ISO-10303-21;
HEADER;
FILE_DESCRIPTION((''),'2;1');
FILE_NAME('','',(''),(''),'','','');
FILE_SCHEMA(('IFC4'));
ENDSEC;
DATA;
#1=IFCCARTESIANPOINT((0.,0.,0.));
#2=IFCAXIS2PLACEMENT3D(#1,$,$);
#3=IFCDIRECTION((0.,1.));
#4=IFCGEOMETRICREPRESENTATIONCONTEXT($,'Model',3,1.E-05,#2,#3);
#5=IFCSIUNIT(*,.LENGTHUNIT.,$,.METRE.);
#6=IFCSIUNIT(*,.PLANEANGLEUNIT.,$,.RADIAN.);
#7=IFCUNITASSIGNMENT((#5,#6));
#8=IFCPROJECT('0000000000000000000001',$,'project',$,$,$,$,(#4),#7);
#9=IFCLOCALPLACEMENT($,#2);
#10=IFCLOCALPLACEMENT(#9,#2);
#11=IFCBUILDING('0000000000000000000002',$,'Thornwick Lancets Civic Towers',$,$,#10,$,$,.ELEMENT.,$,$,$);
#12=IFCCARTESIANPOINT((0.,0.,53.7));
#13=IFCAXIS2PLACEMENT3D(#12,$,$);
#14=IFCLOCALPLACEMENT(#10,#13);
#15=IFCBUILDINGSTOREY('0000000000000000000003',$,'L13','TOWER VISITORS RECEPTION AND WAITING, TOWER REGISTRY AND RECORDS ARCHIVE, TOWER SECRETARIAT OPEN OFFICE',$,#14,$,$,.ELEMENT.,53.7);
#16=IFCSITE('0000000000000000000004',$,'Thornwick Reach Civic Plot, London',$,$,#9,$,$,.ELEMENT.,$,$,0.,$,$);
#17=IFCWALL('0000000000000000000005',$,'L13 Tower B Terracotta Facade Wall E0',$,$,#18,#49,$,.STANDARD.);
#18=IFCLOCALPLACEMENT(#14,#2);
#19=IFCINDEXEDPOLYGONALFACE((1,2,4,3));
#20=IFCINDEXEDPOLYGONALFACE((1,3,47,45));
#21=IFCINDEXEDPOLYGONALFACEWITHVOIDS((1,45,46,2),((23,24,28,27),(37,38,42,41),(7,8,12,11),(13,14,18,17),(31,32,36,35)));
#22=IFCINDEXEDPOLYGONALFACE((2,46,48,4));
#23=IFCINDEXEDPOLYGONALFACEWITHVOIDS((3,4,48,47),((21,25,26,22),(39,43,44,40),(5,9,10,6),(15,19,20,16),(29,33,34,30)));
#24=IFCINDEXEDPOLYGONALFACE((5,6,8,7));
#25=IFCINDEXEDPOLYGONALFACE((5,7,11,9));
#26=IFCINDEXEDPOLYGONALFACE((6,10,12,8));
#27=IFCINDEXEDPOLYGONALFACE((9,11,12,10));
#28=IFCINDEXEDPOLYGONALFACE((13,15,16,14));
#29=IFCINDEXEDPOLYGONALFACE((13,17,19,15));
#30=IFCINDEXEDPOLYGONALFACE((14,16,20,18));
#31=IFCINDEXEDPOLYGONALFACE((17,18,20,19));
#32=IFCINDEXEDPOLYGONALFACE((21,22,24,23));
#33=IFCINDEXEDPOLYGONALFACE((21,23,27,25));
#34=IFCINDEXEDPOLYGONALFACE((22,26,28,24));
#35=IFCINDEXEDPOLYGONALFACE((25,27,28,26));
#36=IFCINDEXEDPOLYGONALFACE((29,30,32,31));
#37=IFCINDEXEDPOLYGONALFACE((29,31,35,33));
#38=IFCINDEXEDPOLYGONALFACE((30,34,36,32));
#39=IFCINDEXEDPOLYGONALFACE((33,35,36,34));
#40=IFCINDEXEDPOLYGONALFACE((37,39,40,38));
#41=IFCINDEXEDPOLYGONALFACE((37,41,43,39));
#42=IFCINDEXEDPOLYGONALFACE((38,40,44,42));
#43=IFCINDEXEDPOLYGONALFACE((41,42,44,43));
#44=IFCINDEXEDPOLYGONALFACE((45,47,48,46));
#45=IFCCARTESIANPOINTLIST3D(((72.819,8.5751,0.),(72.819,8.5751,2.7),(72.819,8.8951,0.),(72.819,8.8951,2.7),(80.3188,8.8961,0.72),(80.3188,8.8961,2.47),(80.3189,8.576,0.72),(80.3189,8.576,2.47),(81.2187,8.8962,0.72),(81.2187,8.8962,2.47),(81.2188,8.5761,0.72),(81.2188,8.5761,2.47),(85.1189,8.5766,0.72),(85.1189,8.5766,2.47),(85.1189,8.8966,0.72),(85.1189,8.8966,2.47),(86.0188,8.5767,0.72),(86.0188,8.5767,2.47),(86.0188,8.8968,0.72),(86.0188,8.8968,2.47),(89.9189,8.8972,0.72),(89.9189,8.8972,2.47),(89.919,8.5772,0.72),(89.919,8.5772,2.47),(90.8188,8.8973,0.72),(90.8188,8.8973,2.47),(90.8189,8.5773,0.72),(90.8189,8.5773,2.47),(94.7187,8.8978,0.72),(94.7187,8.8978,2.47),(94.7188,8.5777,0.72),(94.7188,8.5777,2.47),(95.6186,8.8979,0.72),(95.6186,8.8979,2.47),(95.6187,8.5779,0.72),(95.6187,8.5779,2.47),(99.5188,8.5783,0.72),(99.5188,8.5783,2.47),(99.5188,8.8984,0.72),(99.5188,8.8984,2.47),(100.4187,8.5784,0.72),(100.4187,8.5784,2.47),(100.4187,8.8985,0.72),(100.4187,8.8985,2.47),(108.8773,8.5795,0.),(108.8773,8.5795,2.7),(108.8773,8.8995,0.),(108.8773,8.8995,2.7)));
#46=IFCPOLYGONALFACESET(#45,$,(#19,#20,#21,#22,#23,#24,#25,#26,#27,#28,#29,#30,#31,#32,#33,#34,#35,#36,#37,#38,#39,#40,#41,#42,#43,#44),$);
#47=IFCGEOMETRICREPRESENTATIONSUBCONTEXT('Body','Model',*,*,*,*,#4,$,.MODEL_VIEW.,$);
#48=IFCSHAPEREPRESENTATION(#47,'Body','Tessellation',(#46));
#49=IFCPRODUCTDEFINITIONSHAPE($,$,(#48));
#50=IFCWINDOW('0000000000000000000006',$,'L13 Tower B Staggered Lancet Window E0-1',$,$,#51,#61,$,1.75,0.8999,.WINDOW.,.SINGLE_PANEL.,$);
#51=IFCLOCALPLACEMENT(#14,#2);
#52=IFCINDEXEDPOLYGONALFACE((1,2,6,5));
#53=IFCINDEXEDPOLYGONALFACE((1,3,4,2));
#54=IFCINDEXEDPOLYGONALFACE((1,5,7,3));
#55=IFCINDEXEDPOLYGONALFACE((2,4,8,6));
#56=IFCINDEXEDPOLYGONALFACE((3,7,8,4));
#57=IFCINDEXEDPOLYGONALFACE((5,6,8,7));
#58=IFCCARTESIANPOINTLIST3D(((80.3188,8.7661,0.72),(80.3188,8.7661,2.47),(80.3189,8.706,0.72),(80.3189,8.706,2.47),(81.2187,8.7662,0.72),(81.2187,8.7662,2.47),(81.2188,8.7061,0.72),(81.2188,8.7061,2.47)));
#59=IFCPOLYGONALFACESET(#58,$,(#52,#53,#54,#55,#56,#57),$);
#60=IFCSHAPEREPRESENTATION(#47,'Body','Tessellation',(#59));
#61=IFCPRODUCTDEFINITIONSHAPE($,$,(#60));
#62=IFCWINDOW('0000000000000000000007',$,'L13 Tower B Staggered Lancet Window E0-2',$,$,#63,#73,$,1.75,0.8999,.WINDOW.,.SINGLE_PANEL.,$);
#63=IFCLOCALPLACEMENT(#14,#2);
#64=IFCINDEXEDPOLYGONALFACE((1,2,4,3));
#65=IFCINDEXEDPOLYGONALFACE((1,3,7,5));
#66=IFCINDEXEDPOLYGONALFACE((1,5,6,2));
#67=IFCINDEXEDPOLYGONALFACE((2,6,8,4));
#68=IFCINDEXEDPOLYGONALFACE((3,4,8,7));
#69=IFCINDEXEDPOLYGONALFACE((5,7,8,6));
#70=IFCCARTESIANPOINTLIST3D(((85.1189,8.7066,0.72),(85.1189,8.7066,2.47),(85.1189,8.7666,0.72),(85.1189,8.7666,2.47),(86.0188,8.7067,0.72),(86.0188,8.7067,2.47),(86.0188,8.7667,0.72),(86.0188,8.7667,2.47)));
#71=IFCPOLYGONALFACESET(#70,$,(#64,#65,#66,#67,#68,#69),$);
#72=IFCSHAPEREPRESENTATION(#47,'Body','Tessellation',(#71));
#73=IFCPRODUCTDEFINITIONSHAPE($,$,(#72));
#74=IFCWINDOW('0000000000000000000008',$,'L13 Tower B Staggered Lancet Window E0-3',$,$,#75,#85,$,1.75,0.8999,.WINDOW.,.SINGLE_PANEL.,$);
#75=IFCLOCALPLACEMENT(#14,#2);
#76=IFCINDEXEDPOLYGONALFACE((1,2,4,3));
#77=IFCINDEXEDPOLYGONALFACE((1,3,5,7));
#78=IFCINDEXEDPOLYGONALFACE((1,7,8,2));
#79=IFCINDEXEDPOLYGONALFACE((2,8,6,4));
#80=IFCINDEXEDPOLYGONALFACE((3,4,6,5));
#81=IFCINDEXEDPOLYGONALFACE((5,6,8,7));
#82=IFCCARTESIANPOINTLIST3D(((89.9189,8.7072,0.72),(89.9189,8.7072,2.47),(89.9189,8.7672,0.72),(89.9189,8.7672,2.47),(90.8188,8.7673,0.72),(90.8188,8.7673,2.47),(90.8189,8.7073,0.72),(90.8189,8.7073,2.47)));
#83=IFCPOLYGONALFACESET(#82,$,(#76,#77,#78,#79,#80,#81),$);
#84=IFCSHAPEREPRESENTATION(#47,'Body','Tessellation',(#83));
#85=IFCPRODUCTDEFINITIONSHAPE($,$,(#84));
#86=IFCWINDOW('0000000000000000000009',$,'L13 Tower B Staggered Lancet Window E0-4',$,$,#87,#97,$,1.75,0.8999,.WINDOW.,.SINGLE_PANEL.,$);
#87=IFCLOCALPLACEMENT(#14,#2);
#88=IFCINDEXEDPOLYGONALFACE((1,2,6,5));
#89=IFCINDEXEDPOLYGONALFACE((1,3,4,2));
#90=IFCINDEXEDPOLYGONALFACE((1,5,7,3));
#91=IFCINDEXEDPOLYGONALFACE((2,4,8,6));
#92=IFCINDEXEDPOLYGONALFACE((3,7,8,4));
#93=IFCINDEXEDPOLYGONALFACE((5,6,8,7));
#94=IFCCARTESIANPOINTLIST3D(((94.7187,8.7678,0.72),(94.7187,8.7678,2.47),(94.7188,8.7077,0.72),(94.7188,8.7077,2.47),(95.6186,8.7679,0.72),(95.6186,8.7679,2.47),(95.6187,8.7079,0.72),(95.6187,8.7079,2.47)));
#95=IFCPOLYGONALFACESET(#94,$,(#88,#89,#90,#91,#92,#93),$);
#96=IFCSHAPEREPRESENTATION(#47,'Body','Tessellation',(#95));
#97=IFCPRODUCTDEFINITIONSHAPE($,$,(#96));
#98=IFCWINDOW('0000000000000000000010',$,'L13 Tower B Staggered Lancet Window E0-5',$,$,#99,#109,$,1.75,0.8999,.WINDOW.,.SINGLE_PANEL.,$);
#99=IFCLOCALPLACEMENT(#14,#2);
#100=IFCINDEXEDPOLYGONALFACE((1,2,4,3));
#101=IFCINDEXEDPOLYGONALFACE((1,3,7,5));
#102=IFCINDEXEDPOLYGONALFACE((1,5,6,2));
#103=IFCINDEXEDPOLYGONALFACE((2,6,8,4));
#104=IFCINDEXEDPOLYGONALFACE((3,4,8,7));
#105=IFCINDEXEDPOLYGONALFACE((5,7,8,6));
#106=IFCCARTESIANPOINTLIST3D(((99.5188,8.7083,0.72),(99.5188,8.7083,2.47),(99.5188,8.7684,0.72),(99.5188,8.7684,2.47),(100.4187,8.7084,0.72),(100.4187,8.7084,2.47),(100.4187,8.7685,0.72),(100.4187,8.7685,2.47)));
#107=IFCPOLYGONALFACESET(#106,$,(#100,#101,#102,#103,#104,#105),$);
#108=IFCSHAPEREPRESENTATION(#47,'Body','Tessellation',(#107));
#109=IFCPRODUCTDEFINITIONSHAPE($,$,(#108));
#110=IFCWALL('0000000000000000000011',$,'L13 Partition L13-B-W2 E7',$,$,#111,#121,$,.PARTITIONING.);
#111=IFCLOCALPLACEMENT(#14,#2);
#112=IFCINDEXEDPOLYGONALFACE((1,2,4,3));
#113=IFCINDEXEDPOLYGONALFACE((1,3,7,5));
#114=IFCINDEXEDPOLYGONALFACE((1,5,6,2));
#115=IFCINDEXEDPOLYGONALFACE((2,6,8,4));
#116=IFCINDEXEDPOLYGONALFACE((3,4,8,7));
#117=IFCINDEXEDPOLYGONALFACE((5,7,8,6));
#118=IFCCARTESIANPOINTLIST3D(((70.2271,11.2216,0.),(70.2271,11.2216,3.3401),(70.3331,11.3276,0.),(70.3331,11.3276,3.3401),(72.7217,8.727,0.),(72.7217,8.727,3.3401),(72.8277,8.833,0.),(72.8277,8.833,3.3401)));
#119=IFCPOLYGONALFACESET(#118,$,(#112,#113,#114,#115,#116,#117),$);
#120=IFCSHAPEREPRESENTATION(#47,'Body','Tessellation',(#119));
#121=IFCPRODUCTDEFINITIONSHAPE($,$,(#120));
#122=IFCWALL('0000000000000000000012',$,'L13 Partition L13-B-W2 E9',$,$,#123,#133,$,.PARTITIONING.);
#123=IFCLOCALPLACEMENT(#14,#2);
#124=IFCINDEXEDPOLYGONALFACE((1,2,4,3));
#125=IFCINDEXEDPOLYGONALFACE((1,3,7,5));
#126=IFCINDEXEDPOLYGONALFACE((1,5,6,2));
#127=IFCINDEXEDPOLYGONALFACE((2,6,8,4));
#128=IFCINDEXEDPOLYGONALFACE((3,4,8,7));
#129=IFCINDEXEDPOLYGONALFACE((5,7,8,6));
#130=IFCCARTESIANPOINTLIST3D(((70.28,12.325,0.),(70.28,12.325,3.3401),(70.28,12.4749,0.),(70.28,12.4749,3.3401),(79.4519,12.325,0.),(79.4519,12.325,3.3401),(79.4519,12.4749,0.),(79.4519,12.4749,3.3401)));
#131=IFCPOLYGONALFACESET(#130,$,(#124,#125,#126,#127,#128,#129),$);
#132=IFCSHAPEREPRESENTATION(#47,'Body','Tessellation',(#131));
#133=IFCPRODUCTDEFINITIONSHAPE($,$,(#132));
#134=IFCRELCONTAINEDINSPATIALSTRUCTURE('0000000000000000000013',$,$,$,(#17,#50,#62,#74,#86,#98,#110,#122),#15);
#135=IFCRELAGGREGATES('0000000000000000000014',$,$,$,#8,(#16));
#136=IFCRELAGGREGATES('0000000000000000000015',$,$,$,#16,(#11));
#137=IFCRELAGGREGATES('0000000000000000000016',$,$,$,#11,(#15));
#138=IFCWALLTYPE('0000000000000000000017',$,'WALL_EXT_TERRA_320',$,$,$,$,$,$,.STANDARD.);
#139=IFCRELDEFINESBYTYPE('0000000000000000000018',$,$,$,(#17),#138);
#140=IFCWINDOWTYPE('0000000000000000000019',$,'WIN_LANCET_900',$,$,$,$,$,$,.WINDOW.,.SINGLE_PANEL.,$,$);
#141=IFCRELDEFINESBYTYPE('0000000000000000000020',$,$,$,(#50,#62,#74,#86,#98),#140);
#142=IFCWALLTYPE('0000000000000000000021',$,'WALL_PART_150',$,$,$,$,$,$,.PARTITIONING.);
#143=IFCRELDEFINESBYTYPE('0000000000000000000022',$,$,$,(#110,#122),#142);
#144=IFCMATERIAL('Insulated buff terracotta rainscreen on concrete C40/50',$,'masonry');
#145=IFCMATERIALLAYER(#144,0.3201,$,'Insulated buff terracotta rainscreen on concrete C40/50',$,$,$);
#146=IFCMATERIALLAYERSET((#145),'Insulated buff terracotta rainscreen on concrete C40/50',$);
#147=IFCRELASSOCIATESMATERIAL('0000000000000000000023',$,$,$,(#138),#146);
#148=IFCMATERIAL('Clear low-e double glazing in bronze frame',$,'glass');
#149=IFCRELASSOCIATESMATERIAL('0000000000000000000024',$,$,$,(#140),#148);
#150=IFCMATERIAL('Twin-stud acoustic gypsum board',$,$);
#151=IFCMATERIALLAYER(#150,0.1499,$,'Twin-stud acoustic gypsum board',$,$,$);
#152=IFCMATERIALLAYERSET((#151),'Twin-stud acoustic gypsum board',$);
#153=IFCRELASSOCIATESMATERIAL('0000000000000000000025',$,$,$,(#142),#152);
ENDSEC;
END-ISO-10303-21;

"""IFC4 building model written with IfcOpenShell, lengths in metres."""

from ifc_helpers import new_model, si_unit, direction, frame, frame_2d, origin, place, context, subcontext, project, spatial, rectangle, extrude, material, layer, layer_set, type_object, element, fill, save


model = new_model("IFC4")

# Units and contexts
model_context = context("Model", 3, precision=1e-05, world=origin(), true_north=direction((0.0, 1.0)))
body_context = subcontext(model_context, "Body", "Model", "MODEL_VIEW")
ifc_project = project(units=[si_unit("LENGTHUNIT", "METRE"), si_unit("PLANEANGLEUNIT", "RADIAN")], contexts=[model_context])

# Site, building, storey
site_placement = place(None, origin())
site = spatial("IfcSite", under=ifc_project, at=site_placement, Name="Thornwick Reach Civic Plot, London", CompositionType="ELEMENT", RefElevation=0.0)
building_placement = place(site_placement, origin())
building = spatial("IfcBuilding", under=site, at=building_placement, Name="Thornwick Lancets Civic Towers", CompositionType="ELEMENT")
storey_placement = place(building_placement, frame((0.0, 0.0, 53.7)))
storey = spatial("IfcBuildingStorey", under=building, at=storey_placement, Name="L13", Description="TOWER VISITORS RECEPTION AND WAITING, TOWER REGISTRY AND RECORDS ARCHIVE, TOWER SECRETARIAT OPEN OFFICE", CompositionType="ELEMENT", Elevation=53.7)

# Wall, openings, windows
ifc_material_1 = material(Name="Insulated buff terracotta rainscreen on concrete C40/50", Category="masonry")
ifc_layer_1 = layer(ifc_material_1, 0.3201, Name="Insulated buff terracotta rainscreen on concrete C40/50")
ifc_layer_set_1 = layer_set([ifc_layer_1], Name="Insulated buff terracotta rainscreen on concrete C40/50")
wall_type_1 = type_object("IfcWallType", Name="WALL_EXT_TERRA_320", PredefinedType="STANDARD", material=ifc_layer_set_1)
ifc_material_2 = material(Name="Clear low-e double glazing in bronze frame", Category="glass")
window_type = type_object("IfcWindowType", Name="WIN_LANCET_900", PartitioningType="SINGLE_PANEL", PredefinedType="WINDOW", material=ifc_material_2)
wall_1_placement = place(storey_placement, frame((72.8188, 8.7351, 0.0), z_axis=(0.0, 0.0, 1.0), x_axis=(1.0, 0.000122, 0.0)))
wall_1 = element("IfcWall", 1, at=wall_1_placement, inside=storey, type_object=wall_type_1, Name="L13 Tower B Terracotta Facade Wall E0", PredefinedType="STANDARD", context=body_context, shape_type="SweptSolid", body=[
    extrude(rectangle(XDim=36.0583, YDim=0.3201, at=frame_2d((18.0293, 0.0))), origin(), (0.0, 0.0, 1.0), 2.7),
])
opening_1_placement = place(wall_1_placement, frame((7.5, 0.0, 0.72)))
opening_1 = element("IfcOpeningElement", 2, at=opening_1_placement, cuts=wall_1, PredefinedType="OPENING", context=body_context, shape_type="SweptSolid", body=[
    extrude(rectangle(XDim=0.8999, YDim=1.75, at=frame_2d((0.45, 0.875))), frame((0.0, 0.1699, 0.0), z_axis=(0.0, -1.0, 0.0), x_axis=(1.0, 0.0, 0.0)), (0.0, 0.0, 1.0), 0.3401),
])
opening_2_placement = place(wall_1_placement, frame((12.3, 0.0, 0.72)))
opening_2 = element("IfcOpeningElement", 3, at=opening_2_placement, cuts=wall_1, PredefinedType="OPENING", context=body_context, shape_type="SweptSolid", body=[
    extrude(rectangle(XDim=0.8999, YDim=1.75, at=frame_2d((0.45, 0.875))), frame((0.0, 0.1699, 0.0), z_axis=(0.0, -1.0, 0.0), x_axis=(1.0, 0.0, 0.0)), (0.0, 0.0, 1.0), 0.3401),
])
opening_3_placement = place(wall_1_placement, frame((17.1001, 0.0, 0.72)))
opening_3 = element("IfcOpeningElement", 4, at=opening_3_placement, cuts=wall_1, PredefinedType="OPENING", context=body_context, shape_type="SweptSolid", body=[
    extrude(rectangle(XDim=0.8999, YDim=1.75, at=frame_2d((0.45, 0.875))), frame((0.0, 0.1699, 0.0), z_axis=(0.0, -1.0, 0.0), x_axis=(1.0, 0.0, 0.0)), (0.0, 0.0, 1.0), 0.3401),
])
opening_4_placement = place(wall_1_placement, frame((21.8999, 0.0, 0.72)))
opening_4 = element("IfcOpeningElement", 5, at=opening_4_placement, cuts=wall_1, PredefinedType="OPENING", context=body_context, shape_type="SweptSolid", body=[
    extrude(rectangle(XDim=0.8999, YDim=1.75, at=frame_2d((0.45, 0.875))), frame((0.0, 0.1699, 0.0), z_axis=(0.0, -1.0, 0.0), x_axis=(1.0, 0.0, 0.0)), (0.0, 0.0, 1.0), 0.3401),
])
opening_5_placement = place(wall_1_placement, frame((26.7, 0.0, 0.72)))
opening_5 = element("IfcOpeningElement", 6, at=opening_5_placement, cuts=wall_1, PredefinedType="OPENING", context=body_context, shape_type="SweptSolid", body=[
    extrude(rectangle(XDim=0.8999, YDim=1.75, at=frame_2d((0.45, 0.875))), frame((0.0, 0.1699, 0.0), z_axis=(0.0, -1.0, 0.0), x_axis=(1.0, 0.0, 0.0)), (0.0, 0.0, 1.0), 0.3401),
])
window_1_placement = place(opening_1_placement, origin())
window_1 = element("IfcWindow", 7, at=window_1_placement, inside=storey, type_object=window_type, Name="L13 Tower B Staggered Lancet Window E0-1", OverallHeight=1.75, OverallWidth=0.8999, PartitioningType="SINGLE_PANEL", PredefinedType="WINDOW", context=body_context, shape_type="SweptSolid", body=[
    extrude(rectangle(XDim=0.8999, YDim=1.75, at=frame_2d((0.45, 0.875))), frame((0.0, 0.03, 0.0), z_axis=(0.0, -1.0, 0.0), x_axis=(1.0, 0.0, 0.0)), (0.0, 0.0, 1.0), 0.0601),
])
fill(opening_1, window_1)
window_2_placement = place(opening_2_placement, origin())
window_2 = element("IfcWindow", 8, at=window_2_placement, inside=storey, type_object=window_type, Name="L13 Tower B Staggered Lancet Window E0-2", OverallHeight=1.75, OverallWidth=0.8999, PartitioningType="SINGLE_PANEL", PredefinedType="WINDOW", context=body_context, shape_type="SweptSolid", body=[
    extrude(rectangle(XDim=0.8999, YDim=1.75, at=frame_2d((0.45, 0.875))), frame((0.0, 0.03, 0.0), z_axis=(0.0, -1.0, 0.0), x_axis=(1.0, 0.0, 0.0)), (0.0, 0.0, 1.0), 0.0601),
])
fill(opening_2, window_2)
window_3_placement = place(opening_3_placement, origin())
window_3 = element("IfcWindow", 9, at=window_3_placement, inside=storey, type_object=window_type, Name="L13 Tower B Staggered Lancet Window E0-3", OverallHeight=1.75, OverallWidth=0.8999, PartitioningType="SINGLE_PANEL", PredefinedType="WINDOW", context=body_context, shape_type="SweptSolid", body=[
    extrude(rectangle(XDim=0.8999, YDim=1.75, at=frame_2d((0.45, 0.875))), frame((0.0, 0.03, 0.0), z_axis=(0.0, -1.0, 0.0), x_axis=(1.0, 0.0, 0.0)), (0.0, 0.0, 1.0), 0.0601),
])
fill(opening_3, window_3)
window_4_placement = place(opening_4_placement, origin())
window_4 = element("IfcWindow", 10, at=window_4_placement, inside=storey, type_object=window_type, Name="L13 Tower B Staggered Lancet Window E0-4", OverallHeight=1.75, OverallWidth=0.8999, PartitioningType="SINGLE_PANEL", PredefinedType="WINDOW", context=body_context, shape_type="SweptSolid", body=[
    extrude(rectangle(XDim=0.8999, YDim=1.75, at=frame_2d((0.45, 0.875))), frame((0.0, 0.03, 0.0), z_axis=(0.0, -1.0, 0.0), x_axis=(1.0, 0.0, 0.0)), (0.0, 0.0, 1.0), 0.0601),
])
fill(opening_4, window_4)
window_5_placement = place(opening_5_placement, origin())
window_5 = element("IfcWindow", 11, at=window_5_placement, inside=storey, type_object=window_type, Name="L13 Tower B Staggered Lancet Window E0-5", OverallHeight=1.75, OverallWidth=0.8999, PartitioningType="SINGLE_PANEL", PredefinedType="WINDOW", context=body_context, shape_type="SweptSolid", body=[
    extrude(rectangle(XDim=0.8999, YDim=1.75, at=frame_2d((0.45, 0.875))), frame((0.0, 0.03, 0.0), z_axis=(0.0, -1.0, 0.0), x_axis=(1.0, 0.0, 0.0)), (0.0, 0.0, 1.0), 0.0601),
])
fill(opening_5, window_5)

# Walls
ifc_material_3 = material(Name="Twin-stud acoustic gypsum board")
ifc_layer_2 = layer(ifc_material_3, 0.1499, Name="Twin-stud acoustic gypsum board")
ifc_layer_set_2 = layer_set([ifc_layer_2], Name="Twin-stud acoustic gypsum board")
wall_type_2 = type_object("IfcWallType", Name="WALL_PART_150", PredefinedType="PARTITIONING", material=ifc_layer_set_2)
wall_2_placement = place(storey_placement, frame((72.7747, 8.78, 0.0), z_axis=(0.0, 0.0, 1.0), x_axis=(-0.707107, 0.707107, 0.0)))
element("IfcWall", 12, at=wall_2_placement, inside=storey, type_object=wall_type_2, Name="L13 Partition L13-B-W2 E7", PredefinedType="PARTITIONING", context=body_context, shape_type="SweptSolid", body=[
    extrude(rectangle(XDim=3.5278, YDim=0.1499, at=frame_2d((1.7639, 0.0))), origin(), (0.0, 0.0, 1.0), 3.3401),
])
wall_3_placement = place(storey_placement, frame((70.28, 12.3999, 0.0), z_axis=(0.0, 0.0, 1.0), x_axis=(1.0, 0.0, 0.0)))
element("IfcWall", 13, at=wall_3_placement, inside=storey, type_object=wall_type_2, Name="L13 Partition L13-B-W2 E9", PredefinedType="PARTITIONING", context=body_context, shape_type="SweptSolid", body=[
    extrude(rectangle(XDim=9.1719, YDim=0.1499, at=frame_2d((4.5859, 0.0))), origin(), (0.0, 0.0, 1.0), 3.3401),
])

save(model, "model.ifc")
